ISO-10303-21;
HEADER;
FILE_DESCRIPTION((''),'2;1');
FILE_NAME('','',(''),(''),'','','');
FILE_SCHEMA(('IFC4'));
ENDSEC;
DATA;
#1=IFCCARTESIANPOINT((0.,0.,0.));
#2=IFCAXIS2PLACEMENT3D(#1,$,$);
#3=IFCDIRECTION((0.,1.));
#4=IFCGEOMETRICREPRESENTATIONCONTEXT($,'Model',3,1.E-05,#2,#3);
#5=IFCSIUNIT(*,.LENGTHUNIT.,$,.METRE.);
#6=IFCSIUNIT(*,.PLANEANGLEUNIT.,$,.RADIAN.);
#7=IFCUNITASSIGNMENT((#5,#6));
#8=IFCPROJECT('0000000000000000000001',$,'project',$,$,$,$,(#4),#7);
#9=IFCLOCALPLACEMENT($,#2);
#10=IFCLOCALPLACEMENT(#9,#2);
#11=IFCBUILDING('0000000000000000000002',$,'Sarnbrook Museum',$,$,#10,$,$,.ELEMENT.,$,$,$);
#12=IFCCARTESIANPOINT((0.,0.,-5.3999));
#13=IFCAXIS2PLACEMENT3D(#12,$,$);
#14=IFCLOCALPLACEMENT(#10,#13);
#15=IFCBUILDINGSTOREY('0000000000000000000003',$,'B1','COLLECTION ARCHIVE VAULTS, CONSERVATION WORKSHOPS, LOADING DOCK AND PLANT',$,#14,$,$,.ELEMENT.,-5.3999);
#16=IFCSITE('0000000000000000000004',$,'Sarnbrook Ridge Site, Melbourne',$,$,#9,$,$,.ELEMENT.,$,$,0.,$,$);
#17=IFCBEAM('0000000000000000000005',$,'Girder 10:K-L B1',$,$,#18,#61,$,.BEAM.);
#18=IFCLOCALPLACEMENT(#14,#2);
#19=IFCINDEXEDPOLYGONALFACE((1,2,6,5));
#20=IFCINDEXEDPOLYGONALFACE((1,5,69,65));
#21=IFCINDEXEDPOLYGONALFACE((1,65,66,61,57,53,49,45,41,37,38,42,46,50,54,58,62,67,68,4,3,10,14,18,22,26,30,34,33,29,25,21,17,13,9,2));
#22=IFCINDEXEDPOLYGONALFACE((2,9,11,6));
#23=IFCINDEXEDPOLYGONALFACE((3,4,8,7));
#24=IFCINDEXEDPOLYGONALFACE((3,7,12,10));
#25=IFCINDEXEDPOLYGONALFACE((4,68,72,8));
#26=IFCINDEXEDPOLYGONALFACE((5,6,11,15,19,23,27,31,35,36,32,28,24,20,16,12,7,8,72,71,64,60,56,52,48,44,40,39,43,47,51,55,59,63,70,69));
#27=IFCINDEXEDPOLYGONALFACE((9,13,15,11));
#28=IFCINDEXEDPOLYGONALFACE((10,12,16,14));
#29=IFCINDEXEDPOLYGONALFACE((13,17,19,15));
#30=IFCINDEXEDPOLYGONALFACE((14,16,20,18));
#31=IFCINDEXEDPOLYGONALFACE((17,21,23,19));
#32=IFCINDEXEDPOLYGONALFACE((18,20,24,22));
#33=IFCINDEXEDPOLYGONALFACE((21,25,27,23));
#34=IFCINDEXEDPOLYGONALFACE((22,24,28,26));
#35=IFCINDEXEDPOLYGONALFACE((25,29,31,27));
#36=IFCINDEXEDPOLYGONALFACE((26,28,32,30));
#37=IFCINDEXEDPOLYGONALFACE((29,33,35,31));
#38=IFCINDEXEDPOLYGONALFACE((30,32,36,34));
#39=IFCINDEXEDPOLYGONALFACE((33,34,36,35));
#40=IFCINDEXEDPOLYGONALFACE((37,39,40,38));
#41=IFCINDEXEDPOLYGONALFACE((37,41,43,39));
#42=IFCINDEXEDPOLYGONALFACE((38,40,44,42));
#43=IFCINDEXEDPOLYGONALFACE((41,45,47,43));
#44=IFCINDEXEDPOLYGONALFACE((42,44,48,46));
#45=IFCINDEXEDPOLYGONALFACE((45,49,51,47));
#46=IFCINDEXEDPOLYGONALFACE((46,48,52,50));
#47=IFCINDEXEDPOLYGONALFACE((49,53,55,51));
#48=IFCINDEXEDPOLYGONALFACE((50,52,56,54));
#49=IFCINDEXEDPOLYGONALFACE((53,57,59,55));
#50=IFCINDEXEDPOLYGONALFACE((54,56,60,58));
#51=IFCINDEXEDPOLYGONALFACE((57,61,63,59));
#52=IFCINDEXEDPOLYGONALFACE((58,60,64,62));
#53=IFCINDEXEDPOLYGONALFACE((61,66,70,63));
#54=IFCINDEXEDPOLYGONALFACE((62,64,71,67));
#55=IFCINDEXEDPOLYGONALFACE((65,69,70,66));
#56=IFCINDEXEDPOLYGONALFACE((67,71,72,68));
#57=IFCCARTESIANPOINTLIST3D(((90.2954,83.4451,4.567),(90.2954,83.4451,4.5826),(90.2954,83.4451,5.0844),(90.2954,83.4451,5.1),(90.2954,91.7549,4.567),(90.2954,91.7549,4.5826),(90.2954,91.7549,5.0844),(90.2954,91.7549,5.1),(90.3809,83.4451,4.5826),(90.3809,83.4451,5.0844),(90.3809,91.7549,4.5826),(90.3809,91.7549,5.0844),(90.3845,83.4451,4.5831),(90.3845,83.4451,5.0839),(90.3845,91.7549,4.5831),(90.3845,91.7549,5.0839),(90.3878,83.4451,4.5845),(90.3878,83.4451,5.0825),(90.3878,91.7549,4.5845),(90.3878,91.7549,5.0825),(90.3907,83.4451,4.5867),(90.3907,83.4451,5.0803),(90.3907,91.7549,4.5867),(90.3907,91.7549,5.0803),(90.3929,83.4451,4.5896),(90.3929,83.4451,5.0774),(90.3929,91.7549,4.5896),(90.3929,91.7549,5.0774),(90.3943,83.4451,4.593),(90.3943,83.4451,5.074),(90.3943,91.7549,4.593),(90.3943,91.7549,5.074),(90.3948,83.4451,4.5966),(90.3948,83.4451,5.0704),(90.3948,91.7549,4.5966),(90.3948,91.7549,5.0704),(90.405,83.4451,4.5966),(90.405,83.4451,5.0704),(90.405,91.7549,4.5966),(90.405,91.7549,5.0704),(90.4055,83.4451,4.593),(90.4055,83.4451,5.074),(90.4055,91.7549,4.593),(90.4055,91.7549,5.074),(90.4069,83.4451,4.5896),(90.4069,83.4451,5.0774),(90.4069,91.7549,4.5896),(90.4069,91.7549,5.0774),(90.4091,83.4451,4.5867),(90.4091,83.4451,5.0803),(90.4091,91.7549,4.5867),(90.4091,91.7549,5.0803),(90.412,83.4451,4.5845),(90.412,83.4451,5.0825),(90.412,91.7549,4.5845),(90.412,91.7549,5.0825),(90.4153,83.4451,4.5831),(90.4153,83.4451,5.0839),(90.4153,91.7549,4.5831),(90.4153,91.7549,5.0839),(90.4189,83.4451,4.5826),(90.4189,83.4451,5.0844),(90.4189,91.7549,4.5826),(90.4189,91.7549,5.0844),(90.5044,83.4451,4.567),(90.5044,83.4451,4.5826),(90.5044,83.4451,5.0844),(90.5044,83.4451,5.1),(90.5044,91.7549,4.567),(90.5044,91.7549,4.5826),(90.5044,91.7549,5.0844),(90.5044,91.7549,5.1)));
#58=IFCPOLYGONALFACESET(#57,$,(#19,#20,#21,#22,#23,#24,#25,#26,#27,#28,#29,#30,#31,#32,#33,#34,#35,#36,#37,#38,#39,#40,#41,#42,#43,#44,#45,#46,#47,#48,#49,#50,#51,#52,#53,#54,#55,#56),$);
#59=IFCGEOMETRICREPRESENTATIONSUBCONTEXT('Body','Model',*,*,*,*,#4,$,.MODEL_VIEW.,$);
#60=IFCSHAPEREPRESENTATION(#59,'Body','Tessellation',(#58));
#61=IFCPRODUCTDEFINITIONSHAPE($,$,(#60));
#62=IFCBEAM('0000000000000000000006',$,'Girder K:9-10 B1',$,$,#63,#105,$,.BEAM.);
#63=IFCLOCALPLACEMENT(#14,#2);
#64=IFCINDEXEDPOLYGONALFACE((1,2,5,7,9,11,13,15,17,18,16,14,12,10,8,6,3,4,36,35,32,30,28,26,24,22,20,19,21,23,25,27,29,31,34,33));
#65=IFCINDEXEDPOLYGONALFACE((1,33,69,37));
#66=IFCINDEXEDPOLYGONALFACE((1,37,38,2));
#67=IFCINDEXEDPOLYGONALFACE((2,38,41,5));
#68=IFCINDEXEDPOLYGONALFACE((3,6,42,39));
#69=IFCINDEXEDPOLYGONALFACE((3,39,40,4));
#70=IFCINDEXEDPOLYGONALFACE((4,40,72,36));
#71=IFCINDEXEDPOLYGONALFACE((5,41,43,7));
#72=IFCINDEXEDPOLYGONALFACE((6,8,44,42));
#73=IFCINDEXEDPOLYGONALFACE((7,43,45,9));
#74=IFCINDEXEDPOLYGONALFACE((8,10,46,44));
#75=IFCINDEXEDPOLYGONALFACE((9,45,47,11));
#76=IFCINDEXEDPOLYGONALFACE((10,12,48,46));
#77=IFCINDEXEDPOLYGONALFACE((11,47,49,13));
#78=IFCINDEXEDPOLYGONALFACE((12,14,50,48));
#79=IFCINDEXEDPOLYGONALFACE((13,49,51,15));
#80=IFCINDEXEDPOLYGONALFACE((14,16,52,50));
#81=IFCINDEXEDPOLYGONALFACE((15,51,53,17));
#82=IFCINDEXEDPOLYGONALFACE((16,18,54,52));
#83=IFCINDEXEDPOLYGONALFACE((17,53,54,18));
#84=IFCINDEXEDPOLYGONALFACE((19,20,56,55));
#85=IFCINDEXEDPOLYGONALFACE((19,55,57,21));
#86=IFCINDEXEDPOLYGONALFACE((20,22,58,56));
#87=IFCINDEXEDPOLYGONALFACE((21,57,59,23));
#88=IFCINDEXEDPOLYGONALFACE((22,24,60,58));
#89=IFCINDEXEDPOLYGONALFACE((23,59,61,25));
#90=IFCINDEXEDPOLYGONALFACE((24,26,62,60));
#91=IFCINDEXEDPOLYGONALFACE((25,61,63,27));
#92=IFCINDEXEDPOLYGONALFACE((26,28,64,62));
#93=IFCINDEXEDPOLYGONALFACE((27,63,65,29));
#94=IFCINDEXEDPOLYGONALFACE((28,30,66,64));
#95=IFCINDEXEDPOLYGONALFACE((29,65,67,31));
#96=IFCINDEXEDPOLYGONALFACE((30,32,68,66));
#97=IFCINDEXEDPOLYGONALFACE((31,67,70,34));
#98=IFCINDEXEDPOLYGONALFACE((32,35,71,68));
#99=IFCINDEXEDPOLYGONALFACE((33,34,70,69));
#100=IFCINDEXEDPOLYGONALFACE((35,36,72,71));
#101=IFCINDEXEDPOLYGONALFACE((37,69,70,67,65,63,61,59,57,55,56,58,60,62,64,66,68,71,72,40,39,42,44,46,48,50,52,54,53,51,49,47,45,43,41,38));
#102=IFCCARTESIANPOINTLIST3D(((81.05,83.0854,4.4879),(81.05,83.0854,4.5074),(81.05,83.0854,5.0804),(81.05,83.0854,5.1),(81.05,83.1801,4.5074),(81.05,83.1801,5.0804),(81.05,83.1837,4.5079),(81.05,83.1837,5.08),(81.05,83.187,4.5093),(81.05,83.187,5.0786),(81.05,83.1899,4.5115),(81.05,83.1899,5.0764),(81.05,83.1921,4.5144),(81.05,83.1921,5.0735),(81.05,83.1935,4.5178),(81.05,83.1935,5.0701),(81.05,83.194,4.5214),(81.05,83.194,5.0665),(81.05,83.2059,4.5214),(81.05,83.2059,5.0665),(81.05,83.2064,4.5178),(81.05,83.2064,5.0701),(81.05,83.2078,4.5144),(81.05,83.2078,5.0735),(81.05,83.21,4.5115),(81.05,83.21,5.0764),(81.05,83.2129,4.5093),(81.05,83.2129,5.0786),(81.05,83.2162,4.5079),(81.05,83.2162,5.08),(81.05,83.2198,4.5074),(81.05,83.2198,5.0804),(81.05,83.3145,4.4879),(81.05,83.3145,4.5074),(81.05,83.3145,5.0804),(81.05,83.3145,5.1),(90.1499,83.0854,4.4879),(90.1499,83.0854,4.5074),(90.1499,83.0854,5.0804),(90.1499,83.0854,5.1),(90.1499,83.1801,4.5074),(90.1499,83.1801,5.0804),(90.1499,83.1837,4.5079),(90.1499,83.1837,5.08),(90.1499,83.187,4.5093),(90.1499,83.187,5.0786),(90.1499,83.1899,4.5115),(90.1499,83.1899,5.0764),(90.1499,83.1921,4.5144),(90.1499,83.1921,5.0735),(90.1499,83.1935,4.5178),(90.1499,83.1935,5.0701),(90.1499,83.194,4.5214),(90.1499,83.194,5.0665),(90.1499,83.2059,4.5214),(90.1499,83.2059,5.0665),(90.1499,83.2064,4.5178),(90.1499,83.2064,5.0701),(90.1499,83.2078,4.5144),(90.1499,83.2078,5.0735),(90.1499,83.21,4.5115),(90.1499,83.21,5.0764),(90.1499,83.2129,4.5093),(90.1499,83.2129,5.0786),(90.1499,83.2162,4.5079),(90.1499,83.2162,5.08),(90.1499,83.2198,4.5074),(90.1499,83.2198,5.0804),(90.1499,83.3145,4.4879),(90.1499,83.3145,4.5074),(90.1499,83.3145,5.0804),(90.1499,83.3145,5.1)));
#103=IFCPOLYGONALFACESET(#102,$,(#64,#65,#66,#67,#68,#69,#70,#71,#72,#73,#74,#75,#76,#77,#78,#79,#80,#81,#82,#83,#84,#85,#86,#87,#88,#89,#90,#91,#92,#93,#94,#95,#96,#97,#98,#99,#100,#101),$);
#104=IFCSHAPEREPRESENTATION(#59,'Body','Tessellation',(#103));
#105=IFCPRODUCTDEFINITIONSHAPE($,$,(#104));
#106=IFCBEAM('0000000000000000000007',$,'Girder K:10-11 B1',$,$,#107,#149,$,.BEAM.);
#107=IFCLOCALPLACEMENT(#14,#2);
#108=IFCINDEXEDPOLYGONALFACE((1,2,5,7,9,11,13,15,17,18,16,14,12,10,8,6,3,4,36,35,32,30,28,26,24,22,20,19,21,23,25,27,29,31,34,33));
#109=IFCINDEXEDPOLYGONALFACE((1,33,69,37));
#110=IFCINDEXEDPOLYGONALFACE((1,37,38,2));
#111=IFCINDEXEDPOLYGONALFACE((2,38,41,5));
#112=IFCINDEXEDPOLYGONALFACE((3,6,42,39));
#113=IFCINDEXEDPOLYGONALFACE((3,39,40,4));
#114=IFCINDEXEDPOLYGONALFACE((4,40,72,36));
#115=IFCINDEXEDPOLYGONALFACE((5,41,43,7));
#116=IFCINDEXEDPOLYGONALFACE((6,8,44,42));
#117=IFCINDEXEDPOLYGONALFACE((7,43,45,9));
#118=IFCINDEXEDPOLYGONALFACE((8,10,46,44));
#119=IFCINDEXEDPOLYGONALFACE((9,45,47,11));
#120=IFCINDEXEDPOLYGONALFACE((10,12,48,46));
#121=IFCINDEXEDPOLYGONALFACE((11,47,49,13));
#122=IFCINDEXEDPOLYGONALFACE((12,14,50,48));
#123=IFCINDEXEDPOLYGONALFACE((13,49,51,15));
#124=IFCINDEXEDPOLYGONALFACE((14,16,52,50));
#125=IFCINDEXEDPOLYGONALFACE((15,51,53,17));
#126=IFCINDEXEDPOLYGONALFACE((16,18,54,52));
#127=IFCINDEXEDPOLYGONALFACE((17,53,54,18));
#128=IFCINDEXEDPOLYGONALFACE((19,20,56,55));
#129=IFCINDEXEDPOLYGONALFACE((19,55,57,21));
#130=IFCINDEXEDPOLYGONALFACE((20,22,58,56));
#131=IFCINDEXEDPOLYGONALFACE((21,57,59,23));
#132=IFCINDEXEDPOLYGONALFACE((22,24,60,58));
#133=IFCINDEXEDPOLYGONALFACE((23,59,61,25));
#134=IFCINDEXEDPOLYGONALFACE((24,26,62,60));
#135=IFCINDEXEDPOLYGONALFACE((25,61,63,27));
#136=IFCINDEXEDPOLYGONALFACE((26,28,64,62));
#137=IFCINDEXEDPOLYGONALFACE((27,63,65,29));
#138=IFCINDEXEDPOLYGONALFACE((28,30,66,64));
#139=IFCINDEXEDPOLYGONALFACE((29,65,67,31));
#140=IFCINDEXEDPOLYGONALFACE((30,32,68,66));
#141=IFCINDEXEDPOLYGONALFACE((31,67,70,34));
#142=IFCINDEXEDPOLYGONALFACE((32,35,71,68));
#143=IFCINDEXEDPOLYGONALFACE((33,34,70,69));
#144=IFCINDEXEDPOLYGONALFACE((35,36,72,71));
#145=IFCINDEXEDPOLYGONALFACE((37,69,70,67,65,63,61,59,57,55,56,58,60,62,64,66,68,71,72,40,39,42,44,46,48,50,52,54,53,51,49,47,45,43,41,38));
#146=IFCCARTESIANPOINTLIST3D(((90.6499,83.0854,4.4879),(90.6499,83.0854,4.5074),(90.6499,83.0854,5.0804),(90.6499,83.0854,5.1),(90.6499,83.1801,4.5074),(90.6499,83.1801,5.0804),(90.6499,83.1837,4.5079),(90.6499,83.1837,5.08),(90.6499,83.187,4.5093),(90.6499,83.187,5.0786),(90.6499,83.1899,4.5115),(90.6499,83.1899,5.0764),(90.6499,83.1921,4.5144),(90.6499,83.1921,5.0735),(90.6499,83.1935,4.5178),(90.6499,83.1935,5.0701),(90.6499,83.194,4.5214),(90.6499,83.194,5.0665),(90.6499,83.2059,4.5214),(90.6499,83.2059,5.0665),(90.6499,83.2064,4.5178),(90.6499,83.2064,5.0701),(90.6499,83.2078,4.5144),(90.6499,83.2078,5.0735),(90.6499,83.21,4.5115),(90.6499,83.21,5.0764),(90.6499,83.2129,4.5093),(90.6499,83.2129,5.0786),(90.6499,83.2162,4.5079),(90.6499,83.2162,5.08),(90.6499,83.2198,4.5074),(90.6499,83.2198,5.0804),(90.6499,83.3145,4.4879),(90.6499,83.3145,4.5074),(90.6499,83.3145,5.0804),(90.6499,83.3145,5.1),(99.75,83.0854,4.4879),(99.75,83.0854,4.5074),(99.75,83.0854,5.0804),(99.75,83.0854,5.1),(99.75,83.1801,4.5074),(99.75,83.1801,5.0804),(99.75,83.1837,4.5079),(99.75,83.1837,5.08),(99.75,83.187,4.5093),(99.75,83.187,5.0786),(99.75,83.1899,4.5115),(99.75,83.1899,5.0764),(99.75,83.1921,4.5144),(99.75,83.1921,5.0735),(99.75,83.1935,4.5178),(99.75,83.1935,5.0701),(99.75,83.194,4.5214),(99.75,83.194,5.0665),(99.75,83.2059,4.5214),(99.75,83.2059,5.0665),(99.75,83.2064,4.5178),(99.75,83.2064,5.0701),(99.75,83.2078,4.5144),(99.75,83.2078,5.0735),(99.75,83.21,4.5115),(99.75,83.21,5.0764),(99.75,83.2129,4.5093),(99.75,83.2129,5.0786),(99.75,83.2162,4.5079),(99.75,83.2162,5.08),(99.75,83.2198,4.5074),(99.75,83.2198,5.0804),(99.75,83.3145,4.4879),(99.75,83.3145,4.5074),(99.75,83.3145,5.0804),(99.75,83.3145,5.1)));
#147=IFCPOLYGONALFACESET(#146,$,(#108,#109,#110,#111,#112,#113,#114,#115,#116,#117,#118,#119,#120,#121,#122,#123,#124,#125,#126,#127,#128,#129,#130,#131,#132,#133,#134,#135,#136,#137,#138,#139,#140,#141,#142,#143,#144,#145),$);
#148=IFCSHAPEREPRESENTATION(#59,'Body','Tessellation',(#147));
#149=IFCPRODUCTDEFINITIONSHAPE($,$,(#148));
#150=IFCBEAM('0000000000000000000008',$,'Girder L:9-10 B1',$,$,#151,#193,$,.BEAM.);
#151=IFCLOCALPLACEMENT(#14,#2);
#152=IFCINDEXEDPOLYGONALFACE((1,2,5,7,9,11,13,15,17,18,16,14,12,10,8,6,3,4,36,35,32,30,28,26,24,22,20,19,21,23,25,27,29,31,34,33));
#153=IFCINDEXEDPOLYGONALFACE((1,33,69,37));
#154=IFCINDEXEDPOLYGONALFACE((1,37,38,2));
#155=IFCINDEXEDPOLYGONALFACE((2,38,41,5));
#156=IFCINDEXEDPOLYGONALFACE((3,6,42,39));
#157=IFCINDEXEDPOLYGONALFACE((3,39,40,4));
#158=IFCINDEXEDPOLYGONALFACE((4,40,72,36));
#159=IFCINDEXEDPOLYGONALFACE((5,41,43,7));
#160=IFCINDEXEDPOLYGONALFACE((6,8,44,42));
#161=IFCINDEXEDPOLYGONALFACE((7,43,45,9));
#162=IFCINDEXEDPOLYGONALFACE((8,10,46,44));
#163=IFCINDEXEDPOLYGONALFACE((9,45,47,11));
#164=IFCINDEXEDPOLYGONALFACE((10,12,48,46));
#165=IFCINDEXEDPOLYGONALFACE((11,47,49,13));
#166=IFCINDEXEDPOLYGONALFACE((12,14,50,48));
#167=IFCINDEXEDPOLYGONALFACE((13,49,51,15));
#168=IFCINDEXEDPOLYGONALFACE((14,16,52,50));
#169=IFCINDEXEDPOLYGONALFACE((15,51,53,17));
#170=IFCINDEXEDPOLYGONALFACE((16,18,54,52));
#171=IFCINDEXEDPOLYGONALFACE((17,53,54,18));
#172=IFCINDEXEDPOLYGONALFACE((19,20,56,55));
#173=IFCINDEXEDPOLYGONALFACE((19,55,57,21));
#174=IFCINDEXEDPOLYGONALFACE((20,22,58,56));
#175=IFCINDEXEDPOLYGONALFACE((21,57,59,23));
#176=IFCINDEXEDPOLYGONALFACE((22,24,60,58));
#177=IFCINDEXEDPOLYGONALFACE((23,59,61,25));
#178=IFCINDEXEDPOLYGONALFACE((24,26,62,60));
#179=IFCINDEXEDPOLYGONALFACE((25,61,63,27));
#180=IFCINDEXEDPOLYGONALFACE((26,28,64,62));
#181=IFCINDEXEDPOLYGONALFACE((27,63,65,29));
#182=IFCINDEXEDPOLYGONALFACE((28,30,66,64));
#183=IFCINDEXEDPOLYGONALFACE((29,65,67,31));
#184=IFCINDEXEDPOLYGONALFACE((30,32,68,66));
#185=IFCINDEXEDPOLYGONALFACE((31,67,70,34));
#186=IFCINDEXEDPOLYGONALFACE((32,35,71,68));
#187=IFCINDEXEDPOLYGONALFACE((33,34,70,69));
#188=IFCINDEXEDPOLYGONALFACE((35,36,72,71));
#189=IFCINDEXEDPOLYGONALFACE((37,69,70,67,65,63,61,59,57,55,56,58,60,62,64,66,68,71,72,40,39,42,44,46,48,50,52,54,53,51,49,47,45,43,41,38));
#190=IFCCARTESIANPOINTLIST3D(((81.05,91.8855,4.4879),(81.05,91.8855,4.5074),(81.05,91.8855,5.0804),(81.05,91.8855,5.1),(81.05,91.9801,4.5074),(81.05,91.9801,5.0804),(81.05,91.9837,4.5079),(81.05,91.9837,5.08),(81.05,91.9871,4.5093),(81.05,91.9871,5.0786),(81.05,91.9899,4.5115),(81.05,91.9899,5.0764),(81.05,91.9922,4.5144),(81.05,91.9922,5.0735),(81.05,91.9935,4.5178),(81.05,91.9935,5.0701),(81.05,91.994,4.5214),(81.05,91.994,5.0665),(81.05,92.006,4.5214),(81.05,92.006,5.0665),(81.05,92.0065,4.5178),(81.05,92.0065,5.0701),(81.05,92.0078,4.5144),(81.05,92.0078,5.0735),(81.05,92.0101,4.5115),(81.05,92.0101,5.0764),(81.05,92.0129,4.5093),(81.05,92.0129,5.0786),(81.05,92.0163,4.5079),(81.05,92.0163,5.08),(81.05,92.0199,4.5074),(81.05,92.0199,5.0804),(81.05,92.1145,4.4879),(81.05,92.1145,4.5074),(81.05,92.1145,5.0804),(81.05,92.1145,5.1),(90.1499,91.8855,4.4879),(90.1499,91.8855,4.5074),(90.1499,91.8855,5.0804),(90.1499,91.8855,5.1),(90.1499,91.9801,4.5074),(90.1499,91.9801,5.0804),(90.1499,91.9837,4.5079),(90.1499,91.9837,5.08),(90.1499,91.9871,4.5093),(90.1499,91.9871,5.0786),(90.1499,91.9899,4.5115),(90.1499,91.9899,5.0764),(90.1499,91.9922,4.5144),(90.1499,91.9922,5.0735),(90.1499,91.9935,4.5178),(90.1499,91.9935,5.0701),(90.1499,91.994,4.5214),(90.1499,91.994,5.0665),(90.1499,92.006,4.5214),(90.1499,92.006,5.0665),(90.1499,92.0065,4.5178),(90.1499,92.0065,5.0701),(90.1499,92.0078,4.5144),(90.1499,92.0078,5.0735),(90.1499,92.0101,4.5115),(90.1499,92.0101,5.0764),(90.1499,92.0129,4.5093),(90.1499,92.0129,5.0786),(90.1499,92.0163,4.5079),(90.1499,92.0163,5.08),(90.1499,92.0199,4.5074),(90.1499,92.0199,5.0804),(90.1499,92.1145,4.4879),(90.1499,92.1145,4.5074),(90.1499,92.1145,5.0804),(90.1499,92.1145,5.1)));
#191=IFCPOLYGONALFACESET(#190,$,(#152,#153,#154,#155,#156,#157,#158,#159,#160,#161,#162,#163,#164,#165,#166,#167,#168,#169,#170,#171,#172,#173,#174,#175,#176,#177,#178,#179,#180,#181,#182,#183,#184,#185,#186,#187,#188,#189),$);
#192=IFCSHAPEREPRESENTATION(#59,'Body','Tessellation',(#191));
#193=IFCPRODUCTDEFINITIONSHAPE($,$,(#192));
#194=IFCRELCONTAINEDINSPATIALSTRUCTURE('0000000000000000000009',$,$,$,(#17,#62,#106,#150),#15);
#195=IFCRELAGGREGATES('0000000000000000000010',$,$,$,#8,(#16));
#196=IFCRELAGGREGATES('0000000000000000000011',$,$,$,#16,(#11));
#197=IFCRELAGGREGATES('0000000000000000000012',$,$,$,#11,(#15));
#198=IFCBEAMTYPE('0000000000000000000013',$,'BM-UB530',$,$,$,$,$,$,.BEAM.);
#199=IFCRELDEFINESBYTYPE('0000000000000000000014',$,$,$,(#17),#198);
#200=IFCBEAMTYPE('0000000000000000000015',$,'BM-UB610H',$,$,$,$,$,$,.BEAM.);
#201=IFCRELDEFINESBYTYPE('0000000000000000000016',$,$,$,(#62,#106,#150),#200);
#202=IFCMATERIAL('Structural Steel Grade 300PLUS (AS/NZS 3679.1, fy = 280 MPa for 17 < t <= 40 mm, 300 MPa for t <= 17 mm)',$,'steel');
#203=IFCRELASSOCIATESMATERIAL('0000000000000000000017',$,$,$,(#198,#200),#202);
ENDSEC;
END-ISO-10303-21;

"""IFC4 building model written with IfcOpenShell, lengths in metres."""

from ifc_helpers import new_model, si_unit, direction, frame, origin, origin_2d, place, context, subcontext, project, spatial, i_section, extrude, material, material_profile, profile_set, type_object, element, save


model = new_model("IFC4")

# Units and contexts
model_context = context("Model", 3, precision=1e-05, world=origin(), true_north=direction((0.0, 1.0)))
body_context = subcontext(model_context, "Body", "Model", "MODEL_VIEW")
ifc_project = project(units=[si_unit("LENGTHUNIT", "METRE"), si_unit("PLANEANGLEUNIT", "RADIAN")], contexts=[model_context])

# Site, building, storey
site_placement = place(None, origin())
site = spatial("IfcSite", under=ifc_project, at=site_placement, Name="Sarnbrook Ridge Site, Melbourne", CompositionType="ELEMENT", RefElevation=0.0)
building_placement = place(site_placement, origin())
building = spatial("IfcBuilding", under=site, at=building_placement, Name="Sarnbrook Museum", CompositionType="ELEMENT")
storey_placement = place(building_placement, frame((0.0, 0.0, -5.3999)))
storey = spatial("IfcBuildingStorey", under=building, at=storey_placement, Name="B1", Description="COLLECTION ARCHIVE VAULTS, CONSERVATION WORKSHOPS, LOADING DOCK AND PLANT", CompositionType="ELEMENT", Elevation=-5.3999)

# Beams
ifc_material_1 = material(Name="Structural Steel Grade 300PLUS (AS/NZS 3679.1, fy = 280 MPa for 17 < t <= 40 mm, 300 MPa for t <= 17 mm)", Category="steel")
ifc_material_profile_1 = material_profile(ifc_material_1, i_section(OverallWidth=0.209, OverallDepth=0.533, WebThickness=0.0103, FlangeThickness=0.0156, FilletRadius=0.0139, at=origin_2d()), Name="530UB92.4")
ifc_profile_set_1 = profile_set([ifc_material_profile_1], Name="Structural Steel Grade 300PLUS (AS/NZS 3679.1, fy = 280 MPa for 17 < t <= 40 mm, 300 MPa for t <= 17 mm)")
beam_type_1 = type_object("IfcBeamType", Name="BM-UB530", PredefinedType="BEAM", material=ifc_profile_set_1)
beam_1_placement = place(storey_placement, frame((90.3999, 83.4451, 4.8335), z_axis=(0.0, 1.0, 0.0), x_axis=(-1.0, 0.0, 0.0)))
element("IfcBeam", 1, at=beam_1_placement, inside=storey, type_object=beam_type_1, Name="Girder 10:K-L B1", PredefinedType="BEAM", context=body_context, shape_type="SweptSolid", body=[
    extrude(i_section(OverallWidth=0.209, OverallDepth=0.533, WebThickness=0.0103, FlangeThickness=0.0156, FilletRadius=0.0139, at=origin_2d()), origin(), (0.0, 0.0, 1.0), 8.3098),
])
ifc_material_profile_2 = material_profile(ifc_material_1, i_section(OverallWidth=0.229, OverallDepth=0.6121, WebThickness=0.012, FlangeThickness=0.0195, FilletRadius=0.0139, at=origin_2d()), Name="610UB125")
ifc_profile_set_2 = profile_set([ifc_material_profile_2], Name="Structural Steel Grade 300PLUS (AS/NZS 3679.1, fy = 280 MPa for 17 < t <= 40 mm, 300 MPa for t <= 17 mm)")
beam_type_2 = type_object("IfcBeamType", Name="BM-UB610H", PredefinedType="BEAM", material=ifc_profile_set_2)
beam_2_placement = place(storey_placement, frame((81.05, 83.2, 4.7939), z_axis=(1.0, 0.0, 0.0), x_axis=(0.0, 1.0, 0.0)))
element("IfcBeam", 2, at=beam_2_placement, inside=storey, type_object=beam_type_2, Name="Girder K:9-10 B1", PredefinedType="BEAM", context=body_context, shape_type="SweptSolid", body=[
    extrude(i_section(OverallWidth=0.229, OverallDepth=0.6121, WebThickness=0.012, FlangeThickness=0.0195, FilletRadius=0.0139, at=origin_2d()), origin(), (0.0, 0.0, 1.0), 9.0999),
])
beam_3_placement = place(storey_placement, frame((90.6499, 83.2, 4.7939), z_axis=(1.0, 0.0, 0.0), x_axis=(0.0, 1.0, 0.0)))
element("IfcBeam", 3, at=beam_3_placement, inside=storey, type_object=beam_type_2, Name="Girder K:10-11 B1", PredefinedType="BEAM", context=body_context, shape_type="SweptSolid", body=[
    extrude(i_section(OverallWidth=0.229, OverallDepth=0.6121, WebThickness=0.012, FlangeThickness=0.0195, FilletRadius=0.0139, at=origin_2d()), origin(), (0.0, 0.0, 1.0), 9.1001),
])
beam_4_placement = place(storey_placement, frame((81.05, 92.0, 4.7939), z_axis=(1.0, 0.0, 0.0), x_axis=(0.0, 1.0, 0.0)))
element("IfcBeam", 4, at=beam_4_placement, inside=storey, type_object=beam_type_2, Name="Girder L:9-10 B1", PredefinedType="BEAM", context=body_context, shape_type="SweptSolid", body=[
    extrude(i_section(OverallWidth=0.229, OverallDepth=0.6121, WebThickness=0.012, FlangeThickness=0.0195, FilletRadius=0.0139, at=origin_2d()), origin(), (0.0, 0.0, 1.0), 9.0999),
])

save(model, "model.ifc")
